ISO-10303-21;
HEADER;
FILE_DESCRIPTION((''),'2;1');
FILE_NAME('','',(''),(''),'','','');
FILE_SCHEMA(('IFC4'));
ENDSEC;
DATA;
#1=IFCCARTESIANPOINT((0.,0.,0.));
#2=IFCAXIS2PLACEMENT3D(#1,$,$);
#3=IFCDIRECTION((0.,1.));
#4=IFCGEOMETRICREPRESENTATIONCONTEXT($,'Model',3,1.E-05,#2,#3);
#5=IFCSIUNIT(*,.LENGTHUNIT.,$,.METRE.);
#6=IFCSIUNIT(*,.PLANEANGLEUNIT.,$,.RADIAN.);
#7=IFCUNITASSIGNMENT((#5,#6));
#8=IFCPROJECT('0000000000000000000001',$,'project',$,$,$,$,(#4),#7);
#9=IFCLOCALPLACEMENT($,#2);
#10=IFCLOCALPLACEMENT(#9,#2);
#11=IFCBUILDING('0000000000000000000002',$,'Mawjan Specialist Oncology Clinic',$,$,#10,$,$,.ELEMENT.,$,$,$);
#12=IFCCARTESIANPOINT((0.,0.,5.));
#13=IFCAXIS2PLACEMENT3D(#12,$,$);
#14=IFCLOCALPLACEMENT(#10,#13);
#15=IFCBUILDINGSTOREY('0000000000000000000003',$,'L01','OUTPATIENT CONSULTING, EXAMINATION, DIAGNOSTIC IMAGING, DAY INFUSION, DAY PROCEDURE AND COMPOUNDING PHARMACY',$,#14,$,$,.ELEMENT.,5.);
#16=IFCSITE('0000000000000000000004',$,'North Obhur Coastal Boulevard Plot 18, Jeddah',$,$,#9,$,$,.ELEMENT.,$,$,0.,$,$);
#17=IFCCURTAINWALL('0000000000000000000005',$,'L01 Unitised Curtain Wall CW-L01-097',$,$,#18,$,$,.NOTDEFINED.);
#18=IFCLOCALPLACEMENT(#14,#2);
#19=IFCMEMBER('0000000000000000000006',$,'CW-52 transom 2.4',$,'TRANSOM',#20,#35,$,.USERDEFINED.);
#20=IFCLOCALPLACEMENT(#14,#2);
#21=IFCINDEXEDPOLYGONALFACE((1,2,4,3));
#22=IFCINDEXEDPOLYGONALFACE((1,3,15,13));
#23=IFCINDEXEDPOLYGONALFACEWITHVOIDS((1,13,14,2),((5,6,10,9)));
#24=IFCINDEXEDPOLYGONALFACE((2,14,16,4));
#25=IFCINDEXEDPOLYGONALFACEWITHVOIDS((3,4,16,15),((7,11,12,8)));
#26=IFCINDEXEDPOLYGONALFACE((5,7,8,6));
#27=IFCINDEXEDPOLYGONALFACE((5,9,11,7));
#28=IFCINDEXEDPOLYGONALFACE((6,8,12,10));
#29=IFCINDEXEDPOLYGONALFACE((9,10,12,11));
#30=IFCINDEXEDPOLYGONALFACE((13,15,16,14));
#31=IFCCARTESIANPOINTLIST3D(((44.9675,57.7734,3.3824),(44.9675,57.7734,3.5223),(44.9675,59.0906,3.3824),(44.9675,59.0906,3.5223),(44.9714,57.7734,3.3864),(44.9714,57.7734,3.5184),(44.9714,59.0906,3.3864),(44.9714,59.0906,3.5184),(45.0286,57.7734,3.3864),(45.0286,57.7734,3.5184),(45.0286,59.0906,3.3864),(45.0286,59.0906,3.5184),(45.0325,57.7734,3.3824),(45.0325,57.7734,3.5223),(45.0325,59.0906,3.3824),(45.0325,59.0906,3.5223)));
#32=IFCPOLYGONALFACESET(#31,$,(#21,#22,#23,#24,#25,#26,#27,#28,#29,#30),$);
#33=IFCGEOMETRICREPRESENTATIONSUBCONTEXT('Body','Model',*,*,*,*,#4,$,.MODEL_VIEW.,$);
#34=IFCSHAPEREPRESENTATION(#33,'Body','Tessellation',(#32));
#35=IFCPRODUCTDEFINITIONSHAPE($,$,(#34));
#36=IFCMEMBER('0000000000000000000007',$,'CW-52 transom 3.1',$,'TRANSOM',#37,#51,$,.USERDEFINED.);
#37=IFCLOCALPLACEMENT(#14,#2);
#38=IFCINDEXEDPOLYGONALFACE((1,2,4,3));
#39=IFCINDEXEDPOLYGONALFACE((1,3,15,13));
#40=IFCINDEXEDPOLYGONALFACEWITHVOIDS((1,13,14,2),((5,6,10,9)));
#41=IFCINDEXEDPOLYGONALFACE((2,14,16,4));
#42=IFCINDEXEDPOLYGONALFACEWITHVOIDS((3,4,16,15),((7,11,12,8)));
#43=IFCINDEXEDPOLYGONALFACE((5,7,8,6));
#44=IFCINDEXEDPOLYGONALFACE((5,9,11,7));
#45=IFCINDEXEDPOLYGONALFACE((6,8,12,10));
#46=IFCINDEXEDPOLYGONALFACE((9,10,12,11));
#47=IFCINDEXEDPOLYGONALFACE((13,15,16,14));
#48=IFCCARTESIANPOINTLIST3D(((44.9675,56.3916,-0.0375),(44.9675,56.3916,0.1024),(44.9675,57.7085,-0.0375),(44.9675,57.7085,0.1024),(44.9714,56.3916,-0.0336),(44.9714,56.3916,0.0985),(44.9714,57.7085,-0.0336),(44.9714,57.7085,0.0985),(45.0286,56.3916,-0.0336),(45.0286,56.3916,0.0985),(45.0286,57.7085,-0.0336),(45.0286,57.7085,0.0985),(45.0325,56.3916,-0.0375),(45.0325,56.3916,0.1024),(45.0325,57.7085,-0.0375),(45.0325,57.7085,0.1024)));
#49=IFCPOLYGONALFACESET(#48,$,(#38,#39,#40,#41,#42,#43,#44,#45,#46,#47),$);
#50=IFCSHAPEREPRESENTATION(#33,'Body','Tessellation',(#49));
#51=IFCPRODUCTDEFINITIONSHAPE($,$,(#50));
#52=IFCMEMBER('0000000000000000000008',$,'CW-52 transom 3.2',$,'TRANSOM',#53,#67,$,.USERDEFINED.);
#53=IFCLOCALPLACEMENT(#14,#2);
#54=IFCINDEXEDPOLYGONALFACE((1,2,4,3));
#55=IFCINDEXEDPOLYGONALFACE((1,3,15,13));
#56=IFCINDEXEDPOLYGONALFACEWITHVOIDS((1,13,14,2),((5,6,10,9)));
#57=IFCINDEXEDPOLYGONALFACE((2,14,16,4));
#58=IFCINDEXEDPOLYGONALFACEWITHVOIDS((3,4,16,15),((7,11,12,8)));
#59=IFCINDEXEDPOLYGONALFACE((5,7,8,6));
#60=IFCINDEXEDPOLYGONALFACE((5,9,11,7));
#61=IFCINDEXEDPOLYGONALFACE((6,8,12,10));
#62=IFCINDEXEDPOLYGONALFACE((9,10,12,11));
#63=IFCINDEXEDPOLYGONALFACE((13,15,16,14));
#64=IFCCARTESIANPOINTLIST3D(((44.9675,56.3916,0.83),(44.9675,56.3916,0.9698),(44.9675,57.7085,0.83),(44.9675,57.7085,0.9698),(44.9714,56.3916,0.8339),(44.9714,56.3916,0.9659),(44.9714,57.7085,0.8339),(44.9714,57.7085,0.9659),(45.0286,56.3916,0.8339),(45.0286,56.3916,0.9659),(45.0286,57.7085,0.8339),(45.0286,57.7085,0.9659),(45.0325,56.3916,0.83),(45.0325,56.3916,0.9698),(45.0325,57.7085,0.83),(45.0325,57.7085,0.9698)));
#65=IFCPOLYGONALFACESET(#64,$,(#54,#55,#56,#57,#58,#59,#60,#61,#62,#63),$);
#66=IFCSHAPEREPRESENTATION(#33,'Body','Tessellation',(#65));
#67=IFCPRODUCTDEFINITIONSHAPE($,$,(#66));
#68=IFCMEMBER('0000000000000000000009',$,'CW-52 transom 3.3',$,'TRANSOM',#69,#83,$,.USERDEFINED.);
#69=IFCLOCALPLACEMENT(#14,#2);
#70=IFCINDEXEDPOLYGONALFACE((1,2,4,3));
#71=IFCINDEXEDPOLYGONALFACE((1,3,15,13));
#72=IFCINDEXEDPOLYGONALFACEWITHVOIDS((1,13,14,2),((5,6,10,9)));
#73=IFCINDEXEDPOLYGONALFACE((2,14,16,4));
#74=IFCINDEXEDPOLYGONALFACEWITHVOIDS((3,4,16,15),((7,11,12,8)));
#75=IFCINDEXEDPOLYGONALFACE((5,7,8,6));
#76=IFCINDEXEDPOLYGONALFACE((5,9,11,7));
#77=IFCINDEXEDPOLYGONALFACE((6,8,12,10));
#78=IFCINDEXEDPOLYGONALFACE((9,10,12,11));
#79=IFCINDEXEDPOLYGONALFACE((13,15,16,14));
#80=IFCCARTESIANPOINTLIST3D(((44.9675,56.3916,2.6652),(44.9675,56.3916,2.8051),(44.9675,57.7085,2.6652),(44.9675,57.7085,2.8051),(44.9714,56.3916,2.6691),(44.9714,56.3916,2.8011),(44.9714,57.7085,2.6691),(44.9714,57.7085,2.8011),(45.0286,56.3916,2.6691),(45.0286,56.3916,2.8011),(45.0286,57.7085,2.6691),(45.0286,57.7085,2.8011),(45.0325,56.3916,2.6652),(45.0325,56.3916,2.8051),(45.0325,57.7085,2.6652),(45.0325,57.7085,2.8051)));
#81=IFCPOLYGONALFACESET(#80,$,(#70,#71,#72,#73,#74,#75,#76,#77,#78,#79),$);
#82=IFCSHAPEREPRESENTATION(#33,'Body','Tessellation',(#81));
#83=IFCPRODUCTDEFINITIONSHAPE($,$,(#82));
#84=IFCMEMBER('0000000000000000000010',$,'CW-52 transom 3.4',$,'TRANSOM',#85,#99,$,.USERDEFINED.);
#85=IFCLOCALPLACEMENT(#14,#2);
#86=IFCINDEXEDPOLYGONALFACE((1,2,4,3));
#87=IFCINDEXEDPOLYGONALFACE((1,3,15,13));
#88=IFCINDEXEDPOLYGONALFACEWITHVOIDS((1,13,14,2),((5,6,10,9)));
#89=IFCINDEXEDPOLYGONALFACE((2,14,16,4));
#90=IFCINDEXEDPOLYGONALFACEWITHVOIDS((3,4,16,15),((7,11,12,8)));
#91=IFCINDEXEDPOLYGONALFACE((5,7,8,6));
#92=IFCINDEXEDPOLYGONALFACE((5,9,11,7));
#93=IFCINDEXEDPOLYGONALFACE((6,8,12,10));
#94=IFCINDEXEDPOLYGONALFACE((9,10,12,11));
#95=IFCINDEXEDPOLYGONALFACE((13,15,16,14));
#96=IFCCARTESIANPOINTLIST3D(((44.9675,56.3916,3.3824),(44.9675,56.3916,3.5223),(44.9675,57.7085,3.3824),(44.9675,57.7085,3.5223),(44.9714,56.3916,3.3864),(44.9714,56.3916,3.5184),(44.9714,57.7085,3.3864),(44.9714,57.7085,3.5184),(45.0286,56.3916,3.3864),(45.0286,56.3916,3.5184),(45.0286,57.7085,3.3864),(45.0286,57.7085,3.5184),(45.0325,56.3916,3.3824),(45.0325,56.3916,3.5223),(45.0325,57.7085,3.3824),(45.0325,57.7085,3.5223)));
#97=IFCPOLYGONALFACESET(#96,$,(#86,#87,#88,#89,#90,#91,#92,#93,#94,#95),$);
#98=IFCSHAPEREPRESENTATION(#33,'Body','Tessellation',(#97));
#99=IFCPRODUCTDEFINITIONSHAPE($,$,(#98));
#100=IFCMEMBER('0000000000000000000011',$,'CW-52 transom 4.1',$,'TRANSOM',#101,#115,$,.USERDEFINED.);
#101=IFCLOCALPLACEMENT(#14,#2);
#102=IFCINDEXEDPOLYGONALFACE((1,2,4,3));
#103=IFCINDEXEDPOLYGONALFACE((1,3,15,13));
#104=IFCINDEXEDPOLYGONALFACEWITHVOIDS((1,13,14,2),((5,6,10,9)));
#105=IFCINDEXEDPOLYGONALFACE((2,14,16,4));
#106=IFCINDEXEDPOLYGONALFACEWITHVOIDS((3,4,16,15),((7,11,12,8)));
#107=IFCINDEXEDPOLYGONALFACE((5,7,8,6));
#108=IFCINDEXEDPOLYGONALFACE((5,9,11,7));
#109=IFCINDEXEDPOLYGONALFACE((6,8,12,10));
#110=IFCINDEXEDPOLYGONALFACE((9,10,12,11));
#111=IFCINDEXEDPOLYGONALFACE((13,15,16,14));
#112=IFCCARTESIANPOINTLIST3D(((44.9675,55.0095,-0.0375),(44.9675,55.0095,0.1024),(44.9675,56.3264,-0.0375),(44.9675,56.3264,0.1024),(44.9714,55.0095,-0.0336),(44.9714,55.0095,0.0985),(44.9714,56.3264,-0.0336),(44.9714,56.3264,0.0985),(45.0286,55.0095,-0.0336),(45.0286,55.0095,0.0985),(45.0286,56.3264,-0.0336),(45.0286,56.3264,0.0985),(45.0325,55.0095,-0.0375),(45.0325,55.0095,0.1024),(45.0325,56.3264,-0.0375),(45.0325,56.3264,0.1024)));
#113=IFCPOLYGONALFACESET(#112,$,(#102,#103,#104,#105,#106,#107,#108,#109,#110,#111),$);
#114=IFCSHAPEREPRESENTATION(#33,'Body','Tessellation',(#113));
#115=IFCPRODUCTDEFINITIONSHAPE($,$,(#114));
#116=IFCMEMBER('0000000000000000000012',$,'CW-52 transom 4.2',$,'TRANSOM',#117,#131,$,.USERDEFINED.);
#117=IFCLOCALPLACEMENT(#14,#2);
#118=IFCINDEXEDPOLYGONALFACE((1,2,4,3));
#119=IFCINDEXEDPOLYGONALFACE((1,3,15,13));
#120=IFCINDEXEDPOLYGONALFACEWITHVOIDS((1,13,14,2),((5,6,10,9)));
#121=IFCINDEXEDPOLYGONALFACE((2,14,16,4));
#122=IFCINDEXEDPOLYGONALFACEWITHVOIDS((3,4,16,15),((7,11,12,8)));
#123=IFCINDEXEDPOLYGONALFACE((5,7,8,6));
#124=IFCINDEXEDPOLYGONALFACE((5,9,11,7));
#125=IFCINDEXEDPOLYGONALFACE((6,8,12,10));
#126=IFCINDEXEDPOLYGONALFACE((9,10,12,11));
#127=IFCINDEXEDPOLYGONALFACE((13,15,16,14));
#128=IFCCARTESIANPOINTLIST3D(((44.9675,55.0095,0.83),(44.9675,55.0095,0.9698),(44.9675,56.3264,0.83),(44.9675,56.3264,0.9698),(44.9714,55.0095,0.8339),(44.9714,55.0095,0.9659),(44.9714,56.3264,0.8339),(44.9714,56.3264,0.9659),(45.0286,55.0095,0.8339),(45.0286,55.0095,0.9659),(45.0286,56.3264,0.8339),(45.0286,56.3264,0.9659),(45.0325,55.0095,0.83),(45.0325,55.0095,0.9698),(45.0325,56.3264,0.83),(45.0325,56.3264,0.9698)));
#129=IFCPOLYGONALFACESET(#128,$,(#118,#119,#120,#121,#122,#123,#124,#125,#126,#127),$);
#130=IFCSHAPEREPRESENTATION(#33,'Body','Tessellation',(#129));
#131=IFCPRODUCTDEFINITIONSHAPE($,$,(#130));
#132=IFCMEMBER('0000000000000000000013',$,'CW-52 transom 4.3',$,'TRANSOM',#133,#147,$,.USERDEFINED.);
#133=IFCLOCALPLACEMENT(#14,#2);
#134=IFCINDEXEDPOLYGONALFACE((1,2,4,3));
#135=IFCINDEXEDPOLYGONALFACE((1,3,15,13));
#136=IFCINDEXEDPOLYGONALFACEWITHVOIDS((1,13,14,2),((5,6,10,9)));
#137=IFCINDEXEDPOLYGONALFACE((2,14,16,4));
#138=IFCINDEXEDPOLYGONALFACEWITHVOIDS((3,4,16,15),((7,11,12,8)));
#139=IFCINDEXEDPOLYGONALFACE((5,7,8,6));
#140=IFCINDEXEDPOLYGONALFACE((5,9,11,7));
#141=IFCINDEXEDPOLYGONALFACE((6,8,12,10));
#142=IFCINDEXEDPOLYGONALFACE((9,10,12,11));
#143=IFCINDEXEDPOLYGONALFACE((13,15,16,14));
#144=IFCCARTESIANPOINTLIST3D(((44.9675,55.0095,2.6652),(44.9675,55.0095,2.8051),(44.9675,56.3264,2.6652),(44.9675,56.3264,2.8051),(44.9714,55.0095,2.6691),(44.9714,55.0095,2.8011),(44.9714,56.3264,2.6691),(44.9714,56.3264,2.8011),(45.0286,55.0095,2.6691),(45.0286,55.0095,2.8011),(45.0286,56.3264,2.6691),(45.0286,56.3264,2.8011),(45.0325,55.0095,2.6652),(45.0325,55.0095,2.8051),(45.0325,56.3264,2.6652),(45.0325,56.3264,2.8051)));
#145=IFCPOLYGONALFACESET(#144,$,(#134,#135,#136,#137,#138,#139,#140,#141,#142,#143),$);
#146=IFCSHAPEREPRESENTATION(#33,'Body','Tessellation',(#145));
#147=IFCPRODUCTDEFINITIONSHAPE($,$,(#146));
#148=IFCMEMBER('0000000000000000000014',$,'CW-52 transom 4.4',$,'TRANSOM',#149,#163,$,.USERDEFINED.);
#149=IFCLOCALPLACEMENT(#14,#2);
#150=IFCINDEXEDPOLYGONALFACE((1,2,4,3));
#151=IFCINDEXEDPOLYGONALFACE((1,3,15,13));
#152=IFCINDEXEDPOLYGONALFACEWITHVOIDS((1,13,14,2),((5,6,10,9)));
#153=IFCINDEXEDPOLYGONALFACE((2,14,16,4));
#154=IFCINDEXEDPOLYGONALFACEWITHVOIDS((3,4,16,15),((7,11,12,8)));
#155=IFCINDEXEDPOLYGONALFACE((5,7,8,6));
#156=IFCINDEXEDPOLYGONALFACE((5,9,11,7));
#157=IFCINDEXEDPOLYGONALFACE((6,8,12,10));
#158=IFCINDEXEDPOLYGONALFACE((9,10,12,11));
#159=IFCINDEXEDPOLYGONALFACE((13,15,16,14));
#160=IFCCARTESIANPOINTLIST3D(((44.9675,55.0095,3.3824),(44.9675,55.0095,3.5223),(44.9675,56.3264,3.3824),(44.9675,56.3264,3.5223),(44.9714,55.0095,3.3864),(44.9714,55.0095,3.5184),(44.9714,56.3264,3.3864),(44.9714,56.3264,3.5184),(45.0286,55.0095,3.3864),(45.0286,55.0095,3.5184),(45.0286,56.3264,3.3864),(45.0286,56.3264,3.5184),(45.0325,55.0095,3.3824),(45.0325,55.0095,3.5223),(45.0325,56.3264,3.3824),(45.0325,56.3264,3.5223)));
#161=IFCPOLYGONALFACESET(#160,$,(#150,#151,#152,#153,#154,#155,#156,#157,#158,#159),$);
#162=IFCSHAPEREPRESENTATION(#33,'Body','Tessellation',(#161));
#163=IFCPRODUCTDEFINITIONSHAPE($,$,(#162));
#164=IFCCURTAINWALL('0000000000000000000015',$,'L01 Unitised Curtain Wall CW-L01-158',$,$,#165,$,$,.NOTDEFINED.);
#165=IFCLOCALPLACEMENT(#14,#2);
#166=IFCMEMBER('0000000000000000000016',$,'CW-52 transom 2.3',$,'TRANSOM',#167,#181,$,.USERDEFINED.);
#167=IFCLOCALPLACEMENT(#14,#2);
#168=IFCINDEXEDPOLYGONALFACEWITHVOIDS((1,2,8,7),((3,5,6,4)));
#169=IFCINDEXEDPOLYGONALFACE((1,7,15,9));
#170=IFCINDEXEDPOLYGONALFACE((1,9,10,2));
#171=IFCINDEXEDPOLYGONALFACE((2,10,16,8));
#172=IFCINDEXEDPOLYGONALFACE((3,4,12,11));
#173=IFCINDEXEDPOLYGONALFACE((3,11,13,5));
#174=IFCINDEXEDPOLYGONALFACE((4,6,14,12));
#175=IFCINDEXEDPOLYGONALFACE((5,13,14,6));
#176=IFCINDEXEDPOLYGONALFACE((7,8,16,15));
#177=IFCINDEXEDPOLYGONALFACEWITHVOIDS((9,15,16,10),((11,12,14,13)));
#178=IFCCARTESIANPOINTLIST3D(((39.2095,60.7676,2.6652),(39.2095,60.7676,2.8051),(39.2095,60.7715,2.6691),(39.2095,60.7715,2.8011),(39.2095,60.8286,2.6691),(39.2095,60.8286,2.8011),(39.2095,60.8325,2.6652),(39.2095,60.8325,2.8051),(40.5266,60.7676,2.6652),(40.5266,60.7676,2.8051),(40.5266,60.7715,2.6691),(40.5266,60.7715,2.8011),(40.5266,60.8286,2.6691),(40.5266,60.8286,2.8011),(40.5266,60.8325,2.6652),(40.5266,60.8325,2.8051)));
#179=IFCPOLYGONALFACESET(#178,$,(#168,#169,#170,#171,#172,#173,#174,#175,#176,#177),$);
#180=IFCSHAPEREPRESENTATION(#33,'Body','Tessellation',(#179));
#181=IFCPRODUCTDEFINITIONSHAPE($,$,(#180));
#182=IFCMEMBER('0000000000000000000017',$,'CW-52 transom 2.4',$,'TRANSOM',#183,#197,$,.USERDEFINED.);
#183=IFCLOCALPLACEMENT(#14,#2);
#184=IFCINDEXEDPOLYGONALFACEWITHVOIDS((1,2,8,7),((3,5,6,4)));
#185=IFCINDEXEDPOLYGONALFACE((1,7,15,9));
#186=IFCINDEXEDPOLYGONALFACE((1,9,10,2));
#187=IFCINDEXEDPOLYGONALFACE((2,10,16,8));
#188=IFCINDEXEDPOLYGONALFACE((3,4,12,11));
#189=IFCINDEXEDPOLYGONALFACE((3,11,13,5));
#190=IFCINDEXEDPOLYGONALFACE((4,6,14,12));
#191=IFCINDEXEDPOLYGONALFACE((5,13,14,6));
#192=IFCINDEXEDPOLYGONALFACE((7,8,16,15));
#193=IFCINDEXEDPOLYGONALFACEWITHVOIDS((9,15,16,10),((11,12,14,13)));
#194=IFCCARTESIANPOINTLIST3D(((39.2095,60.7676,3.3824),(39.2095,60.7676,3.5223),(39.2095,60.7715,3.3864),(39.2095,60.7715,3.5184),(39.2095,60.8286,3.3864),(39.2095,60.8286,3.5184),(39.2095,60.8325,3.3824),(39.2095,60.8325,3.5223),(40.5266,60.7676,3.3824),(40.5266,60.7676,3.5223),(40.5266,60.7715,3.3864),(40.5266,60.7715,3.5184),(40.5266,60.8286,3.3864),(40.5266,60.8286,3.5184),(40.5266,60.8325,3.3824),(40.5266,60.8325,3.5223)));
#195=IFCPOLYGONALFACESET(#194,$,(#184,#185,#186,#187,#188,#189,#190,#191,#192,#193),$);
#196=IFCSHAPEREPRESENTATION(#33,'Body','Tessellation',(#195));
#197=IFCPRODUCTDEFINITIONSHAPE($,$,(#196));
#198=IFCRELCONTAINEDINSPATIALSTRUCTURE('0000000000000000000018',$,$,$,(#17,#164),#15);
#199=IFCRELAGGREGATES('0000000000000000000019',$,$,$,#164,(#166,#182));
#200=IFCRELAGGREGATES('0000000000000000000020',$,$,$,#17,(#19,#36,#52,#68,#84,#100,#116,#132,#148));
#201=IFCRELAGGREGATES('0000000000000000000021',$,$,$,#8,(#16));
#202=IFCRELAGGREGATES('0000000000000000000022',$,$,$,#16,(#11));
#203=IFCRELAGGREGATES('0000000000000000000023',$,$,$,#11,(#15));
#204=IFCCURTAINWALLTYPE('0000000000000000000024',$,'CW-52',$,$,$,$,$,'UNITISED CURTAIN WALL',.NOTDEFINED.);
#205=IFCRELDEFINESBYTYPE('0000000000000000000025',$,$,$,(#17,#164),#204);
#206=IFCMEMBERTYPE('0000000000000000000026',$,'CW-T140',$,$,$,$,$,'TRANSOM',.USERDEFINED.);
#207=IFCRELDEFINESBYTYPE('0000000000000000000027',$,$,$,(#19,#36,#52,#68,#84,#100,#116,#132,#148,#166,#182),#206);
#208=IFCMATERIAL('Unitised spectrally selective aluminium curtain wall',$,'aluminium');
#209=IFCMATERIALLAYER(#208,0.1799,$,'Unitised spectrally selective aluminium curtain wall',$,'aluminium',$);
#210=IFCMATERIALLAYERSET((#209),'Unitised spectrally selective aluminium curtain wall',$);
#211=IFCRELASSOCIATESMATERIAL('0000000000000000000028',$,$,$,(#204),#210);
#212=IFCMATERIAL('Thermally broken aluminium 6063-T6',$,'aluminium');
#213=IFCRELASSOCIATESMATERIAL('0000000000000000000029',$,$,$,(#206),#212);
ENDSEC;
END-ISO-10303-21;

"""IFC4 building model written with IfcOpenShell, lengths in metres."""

from ifc_helpers import new_model, si_unit, direction, frame, origin, origin_2d, place, context, subcontext, project, spatial, hollow_rectangle, extrude, material, layer, layer_set, material_profile, profile_set, type_object, element, aggregate, save


model = new_model("IFC4")

# Units and contexts
model_context = context("Model", 3, precision=1e-05, world=origin(), true_north=direction((0.0, 1.0)))
body_context = subcontext(model_context, "Body", "Model", "MODEL_VIEW")
ifc_project = project(units=[si_unit("LENGTHUNIT", "METRE"), si_unit("PLANEANGLEUNIT", "RADIAN")], contexts=[model_context])

# Site, building, storey
site_placement = place(None, origin())
site = spatial("IfcSite", under=ifc_project, at=site_placement, Name="North Obhur Coastal Boulevard Plot 18, Jeddah", CompositionType="ELEMENT", RefElevation=0.0)
building_placement = place(site_placement, origin())
building = spatial("IfcBuilding", under=site, at=building_placement, Name="Mawjan Specialist Oncology Clinic", CompositionType="ELEMENT")
storey_placement = place(building_placement, frame((0.0, 0.0, 5.0)))
storey = spatial("IfcBuildingStorey", under=building, at=storey_placement, Name="L01", Description="OUTPATIENT CONSULTING, EXAMINATION, DIAGNOSTIC IMAGING, DAY INFUSION, DAY PROCEDURE AND COMPOUNDING PHARMACY", CompositionType="ELEMENT", Elevation=5.0)

# Curtain walls, members
ifc_material_1 = material(Name="Unitised spectrally selective aluminium curtain wall", Category="aluminium")
ifc_layer_1 = layer(ifc_material_1, 0.1799, Name="Unitised spectrally selective aluminium curtain wall", Category="aluminium")
ifc_layer_set_1 = layer_set([ifc_layer_1], Name="Unitised spectrally selective aluminium curtain wall")
curtain_wall_type = type_object("IfcCurtainWallType", Name="CW-52", ElementType="UNITISED CURTAIN WALL", PredefinedType="NOTDEFINED", material=ifc_layer_set_1)
curtain_wall_1_placement = place(storey_placement, origin())
curtain_wall_1 = element("IfcCurtainWall", 1, at=curtain_wall_1_placement, inside=storey, type_object=curtain_wall_type, Name="L01 Unitised Curtain Wall CW-L01-097", PredefinedType="NOTDEFINED")
ifc_material_2 = material(Name="Thermally broken aluminium 6063-T6", Category="aluminium")
ifc_material_profile_1 = material_profile(ifc_material_2, hollow_rectangle(XDim=0.0649, YDim=0.1399, WallThickness=0.0039, at=origin_2d()), Name="ALU TRANSOM 140x65x4", Category="aluminium")
ifc_profile_set_1 = profile_set([ifc_material_profile_1], Name="Thermally broken aluminium 6063-T6")
member_type_1 = type_object("IfcMemberType", Name="CW-T140", ElementType="TRANSOM", PredefinedType="USERDEFINED", material=ifc_profile_set_1)
member_1_placement = place(storey_placement, frame((45.0, 59.0906, 3.4524), z_axis=(0.0, -1.0, 0.0), x_axis=(1.0, 0.0, 0.0)))
member_1 = element("IfcMember", 2, at=member_1_placement, type_object=member_type_1, Name="CW-52 transom 2.4", ObjectType="TRANSOM", PredefinedType="USERDEFINED", context=body_context, shape_type="SweptSolid", body=[
    extrude(hollow_rectangle(XDim=0.0649, YDim=0.1399, WallThickness=0.0039, at=origin_2d()), origin(), (0.0, 0.0, 1.0), 1.3171),
])
member_2_placement = place(storey_placement, frame((45.0, 57.7085, 0.0325), z_axis=(0.0, -1.0, 0.0), x_axis=(1.0, 0.0, 0.0)))
member_2 = element("IfcMember", 3, at=member_2_placement, type_object=member_type_1, Name="CW-52 transom 3.1", ObjectType="TRANSOM", PredefinedType="USERDEFINED", context=body_context, shape_type="SweptSolid", body=[
    extrude(hollow_rectangle(XDim=0.0649, YDim=0.1399, WallThickness=0.0039, at=origin_2d()), origin(), (0.0, 0.0, 1.0), 1.3169),
])
member_3_placement = place(storey_placement, frame((45.0, 57.7085, 0.8999), z_axis=(0.0, -1.0, 0.0), x_axis=(1.0, 0.0, 0.0)))
member_3 = element("IfcMember", 4, at=member_3_placement, type_object=member_type_1, Name="CW-52 transom 3.2", ObjectType="TRANSOM", PredefinedType="USERDEFINED", context=body_context, shape_type="SweptSolid", body=[
    extrude(hollow_rectangle(XDim=0.0649, YDim=0.1399, WallThickness=0.0039, at=origin_2d()), origin(), (0.0, 0.0, 1.0), 1.3169),
])
member_4_placement = place(storey_placement, frame((45.0, 57.7085, 2.7351), z_axis=(0.0, -1.0, 0.0), x_axis=(1.0, 0.0, 0.0)))
member_4 = element("IfcMember", 5, at=member_4_placement, type_object=member_type_1, Name="CW-52 transom 3.3", ObjectType="TRANSOM", PredefinedType="USERDEFINED", context=body_context, shape_type="SweptSolid", body=[
    extrude(hollow_rectangle(XDim=0.0649, YDim=0.1399, WallThickness=0.0039, at=origin_2d()), origin(), (0.0, 0.0, 1.0), 1.3169),
])
member_5_placement = place(storey_placement, frame((45.0, 57.7085, 3.4524), z_axis=(0.0, -1.0, 0.0), x_axis=(1.0, 0.0, 0.0)))
member_5 = element("IfcMember", 6, at=member_5_placement, type_object=member_type_1, Name="CW-52 transom 3.4", ObjectType="TRANSOM", PredefinedType="USERDEFINED", context=body_context, shape_type="SweptSolid", body=[
    extrude(hollow_rectangle(XDim=0.0649, YDim=0.1399, WallThickness=0.0039, at=origin_2d()), origin(), (0.0, 0.0, 1.0), 1.3169),
])
member_6_placement = place(storey_placement, frame((45.0, 56.3264, 0.0325), z_axis=(0.0, -1.0, 0.0), x_axis=(1.0, 0.0, 0.0)))
member_6 = element("IfcMember", 7, at=member_6_placement, type_object=member_type_1, Name="CW-52 transom 4.1", ObjectType="TRANSOM", PredefinedType="USERDEFINED", context=body_context, shape_type="SweptSolid", body=[
    extrude(hollow_rectangle(XDim=0.0649, YDim=0.1399, WallThickness=0.0039, at=origin_2d()), origin(), (0.0, 0.0, 1.0), 1.3169),
])
member_7_placement = place(storey_placement, frame((45.0, 56.3264, 0.8999), z_axis=(0.0, -1.0, 0.0), x_axis=(1.0, 0.0, 0.0)))
member_7 = element("IfcMember", 8, at=member_7_placement, type_object=member_type_1, Name="CW-52 transom 4.2", ObjectType="TRANSOM", PredefinedType="USERDEFINED", context=body_context, shape_type="SweptSolid", body=[
    extrude(hollow_rectangle(XDim=0.0649, YDim=0.1399, WallThickness=0.0039, at=origin_2d()), origin(), (0.0, 0.0, 1.0), 1.3169),
])
member_8_placement = place(storey_placement, frame((45.0, 56.3264, 2.7351), z_axis=(0.0, -1.0, 0.0), x_axis=(1.0, 0.0, 0.0)))
member_8 = element("IfcMember", 9, at=member_8_placement, type_object=member_type_1, Name="CW-52 transom 4.3", ObjectType="TRANSOM", PredefinedType="USERDEFINED", context=body_context, shape_type="SweptSolid", body=[
    extrude(hollow_rectangle(XDim=0.0649, YDim=0.1399, WallThickness=0.0039, at=origin_2d()), origin(), (0.0, 0.0, 1.0), 1.3169),
])
member_9_placement = place(storey_placement, frame((45.0, 56.3264, 3.4524), z_axis=(0.0, -1.0, 0.0), x_axis=(1.0, 0.0, 0.0)))
member_9 = element("IfcMember", 10, at=member_9_placement, type_object=member_type_1, Name="CW-52 transom 4.4", ObjectType="TRANSOM", PredefinedType="USERDEFINED", context=body_context, shape_type="SweptSolid", body=[
    extrude(hollow_rectangle(XDim=0.0649, YDim=0.1399, WallThickness=0.0039, at=origin_2d()), origin(), (0.0, 0.0, 1.0), 1.3169),
])
curtain_wall_2_placement = place(storey_placement, origin())
curtain_wall_2 = element("IfcCurtainWall", 11, at=curtain_wall_2_placement, inside=storey, type_object=curtain_wall_type, Name="L01 Unitised Curtain Wall CW-L01-158", PredefinedType="NOTDEFINED")
member_10_placement = place(storey_placement, frame((39.2095, 60.8, 2.7351), z_axis=(1.0, 0.0, 0.0), x_axis=(0.0, 1.0, 0.0)))
member_10 = element("IfcMember", 12, at=member_10_placement, type_object=member_type_1, Name="CW-52 transom 2.3", ObjectType="TRANSOM", PredefinedType="USERDEFINED", context=body_context, shape_type="SweptSolid", body=[
    extrude(hollow_rectangle(XDim=0.0649, YDim=0.1399, WallThickness=0.0039, at=origin_2d()), origin(), (0.0, 0.0, 1.0), 1.3171),
])
member_11_placement = place(storey_placement, frame((39.2095, 60.8, 3.4524), z_axis=(1.0, 0.0, 0.0), x_axis=(0.0, 1.0, 0.0)))
member_11 = element("IfcMember", 13, at=member_11_placement, type_object=member_type_1, Name="CW-52 transom 2.4", ObjectType="TRANSOM", PredefinedType="USERDEFINED", context=body_context, shape_type="SweptSolid", body=[
    extrude(hollow_rectangle(XDim=0.0649, YDim=0.1399, WallThickness=0.0039, at=origin_2d()), origin(), (0.0, 0.0, 1.0), 1.3171),
])
aggregate(curtain_wall_2, [member_10, member_11])

aggregate(curtain_wall_1, [member_1, member_2, member_3, member_4, member_5, member_6, member_7, member_8, member_9])

save(model, "model.ifc")
